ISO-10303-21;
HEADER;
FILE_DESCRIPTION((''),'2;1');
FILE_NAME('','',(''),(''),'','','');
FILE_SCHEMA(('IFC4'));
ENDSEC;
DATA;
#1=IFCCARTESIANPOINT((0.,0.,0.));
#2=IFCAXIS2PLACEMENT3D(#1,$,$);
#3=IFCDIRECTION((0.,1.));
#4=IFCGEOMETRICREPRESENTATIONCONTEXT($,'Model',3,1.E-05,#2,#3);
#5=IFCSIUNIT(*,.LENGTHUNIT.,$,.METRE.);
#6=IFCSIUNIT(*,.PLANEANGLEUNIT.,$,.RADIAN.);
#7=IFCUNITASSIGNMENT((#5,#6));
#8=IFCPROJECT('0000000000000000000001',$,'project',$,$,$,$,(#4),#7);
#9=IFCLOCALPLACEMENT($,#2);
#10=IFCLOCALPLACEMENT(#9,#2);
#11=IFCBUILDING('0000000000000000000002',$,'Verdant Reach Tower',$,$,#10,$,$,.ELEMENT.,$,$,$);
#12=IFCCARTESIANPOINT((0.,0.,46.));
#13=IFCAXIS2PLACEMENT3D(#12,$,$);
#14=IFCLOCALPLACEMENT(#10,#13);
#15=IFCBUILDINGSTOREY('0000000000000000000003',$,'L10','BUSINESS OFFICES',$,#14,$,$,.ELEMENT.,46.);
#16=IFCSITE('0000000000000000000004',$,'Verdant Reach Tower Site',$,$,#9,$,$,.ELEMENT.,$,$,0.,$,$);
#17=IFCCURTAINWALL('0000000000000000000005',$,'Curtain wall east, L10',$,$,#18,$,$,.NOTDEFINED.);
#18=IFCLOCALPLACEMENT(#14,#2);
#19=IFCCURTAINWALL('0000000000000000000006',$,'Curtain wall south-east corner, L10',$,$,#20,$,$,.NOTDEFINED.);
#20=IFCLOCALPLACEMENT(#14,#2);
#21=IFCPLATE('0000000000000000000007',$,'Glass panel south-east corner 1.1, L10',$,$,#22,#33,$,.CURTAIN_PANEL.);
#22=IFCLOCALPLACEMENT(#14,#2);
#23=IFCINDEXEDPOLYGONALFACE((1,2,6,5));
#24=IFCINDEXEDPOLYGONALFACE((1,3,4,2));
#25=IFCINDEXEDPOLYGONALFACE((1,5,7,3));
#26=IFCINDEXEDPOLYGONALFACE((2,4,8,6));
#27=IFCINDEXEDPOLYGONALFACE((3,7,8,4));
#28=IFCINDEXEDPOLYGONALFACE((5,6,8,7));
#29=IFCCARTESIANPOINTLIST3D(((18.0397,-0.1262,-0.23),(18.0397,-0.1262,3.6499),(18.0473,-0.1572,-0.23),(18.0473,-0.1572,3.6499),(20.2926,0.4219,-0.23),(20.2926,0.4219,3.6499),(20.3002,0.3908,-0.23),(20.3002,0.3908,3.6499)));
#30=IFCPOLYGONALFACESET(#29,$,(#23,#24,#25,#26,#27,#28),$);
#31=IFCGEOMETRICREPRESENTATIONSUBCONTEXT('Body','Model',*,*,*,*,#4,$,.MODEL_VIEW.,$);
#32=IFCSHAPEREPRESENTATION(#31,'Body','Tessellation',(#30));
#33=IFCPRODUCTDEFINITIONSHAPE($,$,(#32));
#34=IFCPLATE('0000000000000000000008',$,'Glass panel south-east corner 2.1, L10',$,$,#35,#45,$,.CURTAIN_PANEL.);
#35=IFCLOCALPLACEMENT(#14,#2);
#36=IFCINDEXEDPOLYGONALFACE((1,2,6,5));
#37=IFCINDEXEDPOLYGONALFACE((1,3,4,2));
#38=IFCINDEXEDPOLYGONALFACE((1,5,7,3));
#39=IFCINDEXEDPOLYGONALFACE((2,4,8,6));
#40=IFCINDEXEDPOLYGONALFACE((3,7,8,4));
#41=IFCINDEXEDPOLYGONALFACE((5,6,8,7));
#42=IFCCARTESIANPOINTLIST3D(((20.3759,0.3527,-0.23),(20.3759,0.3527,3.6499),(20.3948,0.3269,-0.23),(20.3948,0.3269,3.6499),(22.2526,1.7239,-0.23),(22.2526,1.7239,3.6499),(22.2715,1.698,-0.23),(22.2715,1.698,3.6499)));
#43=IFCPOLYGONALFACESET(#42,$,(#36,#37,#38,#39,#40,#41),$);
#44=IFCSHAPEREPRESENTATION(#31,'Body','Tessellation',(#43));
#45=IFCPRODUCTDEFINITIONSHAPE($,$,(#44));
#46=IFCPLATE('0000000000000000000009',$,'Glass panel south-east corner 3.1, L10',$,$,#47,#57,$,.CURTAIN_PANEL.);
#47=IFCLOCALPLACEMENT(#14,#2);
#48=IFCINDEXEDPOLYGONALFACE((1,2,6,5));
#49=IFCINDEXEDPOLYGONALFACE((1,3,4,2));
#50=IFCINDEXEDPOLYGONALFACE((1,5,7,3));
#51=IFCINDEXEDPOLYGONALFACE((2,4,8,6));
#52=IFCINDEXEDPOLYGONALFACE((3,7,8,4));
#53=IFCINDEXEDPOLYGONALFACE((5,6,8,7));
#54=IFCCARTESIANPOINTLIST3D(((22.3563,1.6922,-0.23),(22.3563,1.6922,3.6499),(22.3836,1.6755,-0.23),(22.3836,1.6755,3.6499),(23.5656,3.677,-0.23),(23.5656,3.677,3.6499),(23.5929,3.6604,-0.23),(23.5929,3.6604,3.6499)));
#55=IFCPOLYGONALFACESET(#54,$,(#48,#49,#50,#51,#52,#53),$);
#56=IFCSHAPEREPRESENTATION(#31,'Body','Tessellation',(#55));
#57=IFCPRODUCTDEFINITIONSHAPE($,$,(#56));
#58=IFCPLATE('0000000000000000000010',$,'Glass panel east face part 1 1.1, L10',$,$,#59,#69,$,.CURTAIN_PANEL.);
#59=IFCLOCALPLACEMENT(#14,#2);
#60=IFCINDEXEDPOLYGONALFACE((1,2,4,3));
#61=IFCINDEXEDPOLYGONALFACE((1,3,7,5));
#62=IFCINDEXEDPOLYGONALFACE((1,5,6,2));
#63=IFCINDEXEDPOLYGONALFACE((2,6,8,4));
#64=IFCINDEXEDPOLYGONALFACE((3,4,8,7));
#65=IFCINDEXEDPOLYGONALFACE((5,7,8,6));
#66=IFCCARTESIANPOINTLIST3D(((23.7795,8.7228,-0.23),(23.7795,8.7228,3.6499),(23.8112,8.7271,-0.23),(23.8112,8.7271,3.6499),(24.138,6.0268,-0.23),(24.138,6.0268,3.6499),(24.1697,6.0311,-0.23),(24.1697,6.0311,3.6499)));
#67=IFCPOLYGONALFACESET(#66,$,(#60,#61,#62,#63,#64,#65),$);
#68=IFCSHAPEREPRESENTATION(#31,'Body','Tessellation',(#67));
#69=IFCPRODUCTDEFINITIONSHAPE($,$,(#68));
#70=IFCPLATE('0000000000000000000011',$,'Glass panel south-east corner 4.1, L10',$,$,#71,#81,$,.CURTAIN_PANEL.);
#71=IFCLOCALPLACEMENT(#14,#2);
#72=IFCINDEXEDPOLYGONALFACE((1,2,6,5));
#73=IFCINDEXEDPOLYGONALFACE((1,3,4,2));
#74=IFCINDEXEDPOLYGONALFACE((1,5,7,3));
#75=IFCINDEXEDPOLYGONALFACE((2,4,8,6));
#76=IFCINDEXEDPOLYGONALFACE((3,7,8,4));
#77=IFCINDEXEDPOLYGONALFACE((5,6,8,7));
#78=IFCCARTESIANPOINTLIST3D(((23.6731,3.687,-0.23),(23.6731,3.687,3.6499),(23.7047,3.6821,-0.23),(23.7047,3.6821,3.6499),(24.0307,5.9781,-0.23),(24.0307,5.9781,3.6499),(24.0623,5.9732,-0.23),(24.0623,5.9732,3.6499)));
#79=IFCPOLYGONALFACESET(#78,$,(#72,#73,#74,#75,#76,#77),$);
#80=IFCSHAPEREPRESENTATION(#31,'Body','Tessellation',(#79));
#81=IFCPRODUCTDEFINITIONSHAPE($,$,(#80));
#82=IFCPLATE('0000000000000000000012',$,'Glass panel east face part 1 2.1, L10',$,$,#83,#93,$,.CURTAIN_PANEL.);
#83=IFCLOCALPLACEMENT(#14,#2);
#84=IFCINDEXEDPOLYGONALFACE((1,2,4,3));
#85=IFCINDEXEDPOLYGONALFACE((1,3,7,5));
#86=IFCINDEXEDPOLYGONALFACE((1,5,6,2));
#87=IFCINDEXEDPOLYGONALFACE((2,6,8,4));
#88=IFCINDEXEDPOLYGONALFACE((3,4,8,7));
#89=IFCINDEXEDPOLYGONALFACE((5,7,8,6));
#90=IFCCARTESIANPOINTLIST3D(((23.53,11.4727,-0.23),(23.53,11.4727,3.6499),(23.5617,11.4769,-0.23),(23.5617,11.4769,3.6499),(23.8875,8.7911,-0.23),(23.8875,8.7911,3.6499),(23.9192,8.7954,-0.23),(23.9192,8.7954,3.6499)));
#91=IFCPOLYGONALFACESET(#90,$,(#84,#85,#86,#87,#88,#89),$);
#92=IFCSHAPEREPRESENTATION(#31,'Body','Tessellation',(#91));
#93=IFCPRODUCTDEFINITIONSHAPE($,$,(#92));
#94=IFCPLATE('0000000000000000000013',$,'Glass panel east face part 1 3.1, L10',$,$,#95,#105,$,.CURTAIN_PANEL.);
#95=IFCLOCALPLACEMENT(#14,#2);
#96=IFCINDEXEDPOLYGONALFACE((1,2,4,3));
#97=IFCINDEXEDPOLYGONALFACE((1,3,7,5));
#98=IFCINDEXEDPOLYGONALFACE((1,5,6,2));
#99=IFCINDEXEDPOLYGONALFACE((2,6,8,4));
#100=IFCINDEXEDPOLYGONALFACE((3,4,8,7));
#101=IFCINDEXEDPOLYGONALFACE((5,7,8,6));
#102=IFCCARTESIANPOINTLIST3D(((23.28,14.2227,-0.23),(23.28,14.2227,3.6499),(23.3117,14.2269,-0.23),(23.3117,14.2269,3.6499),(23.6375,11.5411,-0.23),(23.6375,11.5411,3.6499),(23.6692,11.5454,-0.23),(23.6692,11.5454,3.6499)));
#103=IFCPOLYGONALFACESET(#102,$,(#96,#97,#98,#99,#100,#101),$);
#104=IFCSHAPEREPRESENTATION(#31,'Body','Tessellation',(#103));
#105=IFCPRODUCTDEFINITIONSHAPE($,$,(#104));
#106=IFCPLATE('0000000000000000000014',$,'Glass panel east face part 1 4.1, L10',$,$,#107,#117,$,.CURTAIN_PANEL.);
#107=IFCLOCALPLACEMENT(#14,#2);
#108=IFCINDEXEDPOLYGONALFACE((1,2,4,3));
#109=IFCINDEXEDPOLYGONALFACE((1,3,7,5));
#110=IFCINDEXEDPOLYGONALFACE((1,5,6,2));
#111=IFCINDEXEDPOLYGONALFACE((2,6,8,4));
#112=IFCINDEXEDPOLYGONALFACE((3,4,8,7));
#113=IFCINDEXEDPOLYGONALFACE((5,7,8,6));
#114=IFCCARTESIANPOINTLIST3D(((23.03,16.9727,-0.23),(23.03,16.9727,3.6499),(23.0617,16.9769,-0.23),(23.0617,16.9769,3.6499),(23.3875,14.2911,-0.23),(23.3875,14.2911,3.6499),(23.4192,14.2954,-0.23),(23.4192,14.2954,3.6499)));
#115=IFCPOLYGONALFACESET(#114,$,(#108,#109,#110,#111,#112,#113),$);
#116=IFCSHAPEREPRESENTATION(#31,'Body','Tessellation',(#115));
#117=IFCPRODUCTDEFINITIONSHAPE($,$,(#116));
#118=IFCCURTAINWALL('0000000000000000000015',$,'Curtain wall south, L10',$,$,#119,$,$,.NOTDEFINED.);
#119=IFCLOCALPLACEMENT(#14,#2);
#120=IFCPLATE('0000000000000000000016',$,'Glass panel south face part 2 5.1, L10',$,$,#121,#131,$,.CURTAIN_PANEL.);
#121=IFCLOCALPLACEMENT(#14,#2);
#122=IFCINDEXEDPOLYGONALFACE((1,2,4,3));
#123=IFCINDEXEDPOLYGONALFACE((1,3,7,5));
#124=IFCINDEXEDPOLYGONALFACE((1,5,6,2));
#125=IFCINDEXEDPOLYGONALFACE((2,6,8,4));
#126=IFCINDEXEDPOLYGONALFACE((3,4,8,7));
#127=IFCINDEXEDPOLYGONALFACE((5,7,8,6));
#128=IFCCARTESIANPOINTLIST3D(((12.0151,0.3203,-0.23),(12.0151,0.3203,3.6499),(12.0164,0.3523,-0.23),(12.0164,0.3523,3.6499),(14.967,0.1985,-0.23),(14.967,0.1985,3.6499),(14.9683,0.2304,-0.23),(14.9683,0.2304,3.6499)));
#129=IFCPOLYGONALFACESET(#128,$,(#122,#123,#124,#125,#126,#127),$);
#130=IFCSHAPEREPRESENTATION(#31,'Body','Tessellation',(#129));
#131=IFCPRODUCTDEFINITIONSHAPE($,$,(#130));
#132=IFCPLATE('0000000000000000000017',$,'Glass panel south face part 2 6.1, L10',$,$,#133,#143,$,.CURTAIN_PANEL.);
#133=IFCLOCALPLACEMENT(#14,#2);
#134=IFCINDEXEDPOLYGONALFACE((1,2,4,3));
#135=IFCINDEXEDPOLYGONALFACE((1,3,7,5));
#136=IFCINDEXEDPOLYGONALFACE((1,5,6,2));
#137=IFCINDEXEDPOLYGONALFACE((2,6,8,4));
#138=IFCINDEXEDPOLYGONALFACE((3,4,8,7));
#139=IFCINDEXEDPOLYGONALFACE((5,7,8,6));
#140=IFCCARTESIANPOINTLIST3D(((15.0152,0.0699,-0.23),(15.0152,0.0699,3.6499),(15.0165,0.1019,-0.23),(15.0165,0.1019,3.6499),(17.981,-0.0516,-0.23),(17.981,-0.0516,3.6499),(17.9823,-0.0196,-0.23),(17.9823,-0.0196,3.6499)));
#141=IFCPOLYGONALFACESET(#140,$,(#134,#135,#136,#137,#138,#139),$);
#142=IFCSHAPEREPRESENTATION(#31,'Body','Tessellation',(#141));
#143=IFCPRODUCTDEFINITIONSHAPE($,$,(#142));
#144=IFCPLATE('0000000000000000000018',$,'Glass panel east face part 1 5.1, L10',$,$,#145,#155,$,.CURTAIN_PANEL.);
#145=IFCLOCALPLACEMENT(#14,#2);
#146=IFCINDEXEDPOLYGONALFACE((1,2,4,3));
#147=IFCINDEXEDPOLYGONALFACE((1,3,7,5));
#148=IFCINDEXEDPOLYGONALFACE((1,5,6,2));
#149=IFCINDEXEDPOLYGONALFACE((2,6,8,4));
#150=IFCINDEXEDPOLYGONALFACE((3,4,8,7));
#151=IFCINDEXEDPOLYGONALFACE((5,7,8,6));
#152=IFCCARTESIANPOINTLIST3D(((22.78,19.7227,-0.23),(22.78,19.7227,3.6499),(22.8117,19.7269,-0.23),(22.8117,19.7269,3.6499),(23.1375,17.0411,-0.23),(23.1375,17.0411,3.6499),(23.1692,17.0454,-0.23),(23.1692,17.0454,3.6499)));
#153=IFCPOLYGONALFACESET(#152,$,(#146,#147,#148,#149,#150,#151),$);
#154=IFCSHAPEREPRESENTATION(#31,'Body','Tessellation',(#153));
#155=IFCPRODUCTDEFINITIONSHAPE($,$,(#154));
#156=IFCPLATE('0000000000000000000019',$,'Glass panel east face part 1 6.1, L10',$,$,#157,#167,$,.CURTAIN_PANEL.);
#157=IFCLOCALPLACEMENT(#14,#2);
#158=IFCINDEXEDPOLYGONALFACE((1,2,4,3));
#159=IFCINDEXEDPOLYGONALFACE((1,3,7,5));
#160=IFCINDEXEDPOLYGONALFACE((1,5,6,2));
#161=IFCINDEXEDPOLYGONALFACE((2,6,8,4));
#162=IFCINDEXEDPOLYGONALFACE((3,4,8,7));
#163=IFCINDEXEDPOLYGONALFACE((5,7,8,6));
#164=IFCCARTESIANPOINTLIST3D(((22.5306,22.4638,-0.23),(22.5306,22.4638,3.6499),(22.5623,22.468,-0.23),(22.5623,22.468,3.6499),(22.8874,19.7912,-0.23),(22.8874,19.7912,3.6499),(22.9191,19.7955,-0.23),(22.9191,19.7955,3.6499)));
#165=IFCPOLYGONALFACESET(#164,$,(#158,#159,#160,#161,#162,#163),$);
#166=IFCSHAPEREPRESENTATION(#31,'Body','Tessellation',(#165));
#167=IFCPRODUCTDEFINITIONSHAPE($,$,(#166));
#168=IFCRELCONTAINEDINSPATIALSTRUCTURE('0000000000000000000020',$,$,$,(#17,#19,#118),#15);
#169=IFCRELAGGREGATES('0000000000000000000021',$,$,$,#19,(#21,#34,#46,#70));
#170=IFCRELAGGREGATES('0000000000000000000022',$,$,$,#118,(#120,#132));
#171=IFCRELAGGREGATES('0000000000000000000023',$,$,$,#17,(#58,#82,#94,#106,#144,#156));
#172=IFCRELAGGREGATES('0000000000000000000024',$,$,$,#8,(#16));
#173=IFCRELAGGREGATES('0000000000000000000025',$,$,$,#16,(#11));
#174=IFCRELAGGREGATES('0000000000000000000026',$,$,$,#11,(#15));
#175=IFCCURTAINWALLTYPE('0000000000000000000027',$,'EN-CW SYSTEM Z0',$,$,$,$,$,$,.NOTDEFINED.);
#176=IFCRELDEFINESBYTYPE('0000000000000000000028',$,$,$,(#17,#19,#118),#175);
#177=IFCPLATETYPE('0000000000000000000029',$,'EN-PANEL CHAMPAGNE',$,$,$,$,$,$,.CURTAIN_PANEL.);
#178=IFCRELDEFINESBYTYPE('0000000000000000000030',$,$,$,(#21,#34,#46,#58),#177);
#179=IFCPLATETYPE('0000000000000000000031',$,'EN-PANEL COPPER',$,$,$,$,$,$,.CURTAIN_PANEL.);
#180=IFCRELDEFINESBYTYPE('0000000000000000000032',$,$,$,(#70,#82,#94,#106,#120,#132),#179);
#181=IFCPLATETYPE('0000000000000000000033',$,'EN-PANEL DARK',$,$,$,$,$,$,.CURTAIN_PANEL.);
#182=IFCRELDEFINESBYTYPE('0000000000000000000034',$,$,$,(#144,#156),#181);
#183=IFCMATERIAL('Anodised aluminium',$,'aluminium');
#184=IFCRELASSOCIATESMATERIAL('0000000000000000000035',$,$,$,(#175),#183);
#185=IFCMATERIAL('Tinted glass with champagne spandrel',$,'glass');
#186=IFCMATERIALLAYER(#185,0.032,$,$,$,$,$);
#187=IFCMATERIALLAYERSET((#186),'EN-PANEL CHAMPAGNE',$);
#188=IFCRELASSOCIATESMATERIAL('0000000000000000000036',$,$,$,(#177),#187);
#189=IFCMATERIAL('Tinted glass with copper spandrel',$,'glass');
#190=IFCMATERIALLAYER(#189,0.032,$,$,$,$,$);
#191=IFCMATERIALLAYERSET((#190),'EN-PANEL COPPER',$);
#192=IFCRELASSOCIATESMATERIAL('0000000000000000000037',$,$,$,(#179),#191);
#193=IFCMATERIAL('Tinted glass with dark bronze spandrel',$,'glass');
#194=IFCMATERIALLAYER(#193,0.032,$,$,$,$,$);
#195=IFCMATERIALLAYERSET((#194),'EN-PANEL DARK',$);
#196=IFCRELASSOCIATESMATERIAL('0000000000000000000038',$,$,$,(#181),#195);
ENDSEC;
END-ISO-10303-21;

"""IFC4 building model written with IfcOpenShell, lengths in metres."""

from ifc_helpers import new_model, si_unit, direction, frame, origin, origin_2d, place, context, subcontext, project, spatial, rectangle, extrude, material, layer, layer_set, type_object, element, aggregate, save


model = new_model("IFC4")

# Units and contexts
model_context = context("Model", 3, precision=1e-05, world=origin(), true_north=direction((0.0, 1.0)))
body_context = subcontext(model_context, "Body", "Model", "MODEL_VIEW")
ifc_project = project(units=[si_unit("LENGTHUNIT", "METRE"), si_unit("PLANEANGLEUNIT", "RADIAN")], contexts=[model_context])

# Site, building, storey
site_placement = place(None, origin())
site = spatial("IfcSite", under=ifc_project, at=site_placement, Name="Verdant Reach Tower Site", CompositionType="ELEMENT", RefElevation=0.0)
building_placement = place(site_placement, origin())
building = spatial("IfcBuilding", under=site, at=building_placement, Name="Verdant Reach Tower", CompositionType="ELEMENT")
storey_placement = place(building_placement, frame((0.0, 0.0, 46.0)))
storey = spatial("IfcBuildingStorey", under=building, at=storey_placement, Name="L10", Description="BUSINESS OFFICES", CompositionType="ELEMENT", Elevation=46.0)

# Curtain wall
ifc_material_1 = material(Name="Anodised aluminium", Category="aluminium")
curtain_wall_type = type_object("IfcCurtainWallType", Name="EN-CW SYSTEM Z0", PredefinedType="NOTDEFINED", material=ifc_material_1)
curtain_wall_1_placement = place(storey_placement, origin())
curtain_wall_1 = element("IfcCurtainWall", 1, at=curtain_wall_1_placement, inside=storey, type_object=curtain_wall_type, Name="Curtain wall east, L10", PredefinedType="NOTDEFINED")

# Curtain wall, plates
curtain_wall_2_placement = place(storey_placement, origin())
curtain_wall_2 = element("IfcCurtainWall", 2, at=curtain_wall_2_placement, inside=storey, type_object=curtain_wall_type, Name="Curtain wall south-east corner, L10", PredefinedType="NOTDEFINED")
ifc_material_2 = material(Name="Tinted glass with champagne spandrel", Category="glass")
ifc_layer_1 = layer(ifc_material_2, 0.032)
ifc_layer_set_1 = layer_set([ifc_layer_1], Name="EN-PANEL CHAMPAGNE")
plate_type_1 = type_object("IfcPlateType", Name="EN-PANEL CHAMPAGNE", PredefinedType="CURTAIN_PANEL", material=ifc_layer_set_1)
plate_1_placement = place(storey_placement, frame((19.1699, 0.1323, -0.23), z_axis=(0.0, 0.0, 1.0), x_axis=(0.971663, 0.236369, 0.0)))
plate_1 = element("IfcPlate", 3, at=plate_1_placement, type_object=plate_type_1, Name="Glass panel south-east corner 1.1, L10", PredefinedType="CURTAIN_PANEL", context=body_context, shape_type="SweptSolid", body=[
    extrude(rectangle(XDim=2.3186, YDim=0.032, at=origin_2d()), origin(), (0.0, 0.0, 1.0), 3.8799),
])
plate_2_placement = place(storey_placement, frame((21.3237, 1.0254, -0.23), z_axis=(0.0, 0.0, 1.0), x_axis=(0.807457, 0.589927, 0.0)))
plate_2 = element("IfcPlate", 4, at=plate_2_placement, type_object=plate_type_1, Name="Glass panel south-east corner 2.1, L10", PredefinedType="CURTAIN_PANEL", context=body_context, shape_type="SweptSolid", body=[
    extrude(rectangle(XDim=2.3242, YDim=0.032, at=origin_2d()), origin(), (0.0, 0.0, 1.0), 3.8799),
])
plate_3_placement = place(storey_placement, frame((22.9746, 2.6763, -0.23), z_axis=(0.0, 0.0, 1.0), x_axis=(0.520292, 0.853989, 0.0)))
plate_3 = element("IfcPlate", 5, at=plate_3_placement, type_object=plate_type_1, Name="Glass panel south-east corner 3.1, L10", PredefinedType="CURTAIN_PANEL", context=body_context, shape_type="SweptSolid", body=[
    extrude(rectangle(XDim=2.3242, YDim=0.032, at=origin_2d()), origin(), (0.0, 0.0, 1.0), 3.8799),
])

# Plates
plate_4_placement = place(storey_placement, frame((23.9746, 7.377, -0.23), z_axis=(0.0, 0.0, 1.0), x_axis=(-0.131793, 0.991277, 0.0)))
plate_4 = element("IfcPlate", 6, at=plate_4_placement, type_object=plate_type_1, Name="Glass panel east face part 1 1.1, L10", PredefinedType="CURTAIN_PANEL", context=body_context, shape_type="SweptSolid", body=[
    extrude(rectangle(XDim=2.7197, YDim=0.032, at=origin_2d()), origin(), (0.0, 0.0, 1.0), 3.8799),
])
ifc_material_3 = material(Name="Tinted glass with copper spandrel", Category="glass")
ifc_layer_2 = layer(ifc_material_3, 0.032)
ifc_layer_set_2 = layer_set([ifc_layer_2], Name="EN-PANEL COPPER")
plate_type_2 = type_object("IfcPlateType", Name="EN-PANEL COPPER", PredefinedType="CURTAIN_PANEL", material=ifc_layer_set_2)
plate_5_placement = place(storey_placement, frame((23.8677, 4.8301, -0.23), z_axis=(0.0, 0.0, 1.0), x_axis=(0.154211, 0.988038, 0.0)))
plate_5 = element("IfcPlate", 7, at=plate_5_placement, type_object=plate_type_2, Name="Glass panel south-east corner 4.1, L10", PredefinedType="CURTAIN_PANEL", context=body_context, shape_type="SweptSolid", body=[
    extrude(rectangle(XDim=2.3188, YDim=0.032, at=origin_2d()), origin(), (0.0, 0.0, 1.0), 3.8799),
])
aggregate(curtain_wall_2, [plate_1, plate_2, plate_3, plate_5])
plate_6_placement = place(storey_placement, frame((23.7246, 10.134, -0.23), z_axis=(0.0, 0.0, 1.0), x_axis=(-0.13216, 0.991228, 0.0)))
plate_6 = element("IfcPlate", 8, at=plate_6_placement, type_object=plate_type_2, Name="Glass panel east face part 1 2.1, L10", PredefinedType="CURTAIN_PANEL", context=body_context, shape_type="SweptSolid", body=[
    extrude(rectangle(XDim=2.7053, YDim=0.032, at=origin_2d()), origin(), (0.0, 0.0, 1.0), 3.8799),
])
plate_7_placement = place(storey_placement, frame((23.4746, 12.884, -0.23), z_axis=(0.0, 0.0, 1.0), x_axis=(-0.13216, 0.991228, 0.0)))
plate_7 = element("IfcPlate", 9, at=plate_7_placement, type_object=plate_type_2, Name="Glass panel east face part 1 3.1, L10", PredefinedType="CURTAIN_PANEL", context=body_context, shape_type="SweptSolid", body=[
    extrude(rectangle(XDim=2.7053, YDim=0.032, at=origin_2d()), origin(), (0.0, 0.0, 1.0), 3.8799),
])
plate_8_placement = place(storey_placement, frame((23.2246, 15.634, -0.23), z_axis=(0.0, 0.0, 1.0), x_axis=(-0.13216, 0.991228, 0.0)))
plate_8 = element("IfcPlate", 10, at=plate_8_placement, type_object=plate_type_2, Name="Glass panel east face part 1 4.1, L10", PredefinedType="CURTAIN_PANEL", context=body_context, shape_type="SweptSolid", body=[
    extrude(rectangle(XDim=2.7053, YDim=0.032, at=origin_2d()), origin(), (0.0, 0.0, 1.0), 3.8799),
])

# Curtain wall, plates
curtain_wall_3_placement = place(storey_placement, origin())
curtain_wall_3 = element("IfcCurtainWall", 11, at=curtain_wall_3_placement, inside=storey, type_object=curtain_wall_type, Name="Curtain wall south, L10", PredefinedType="NOTDEFINED")
plate_9_placement = place(storey_placement, frame((13.4917, 0.2754, -0.23), z_axis=(0.0, 0.0, 1.0), x_axis=(0.999149, -0.041242, 0.0)))
plate_9 = element("IfcPlate", 12, at=plate_9_placement, type_object=plate_type_2, Name="Glass panel south face part 2 5.1, L10", PredefinedType="CURTAIN_PANEL", context=body_context, shape_type="SweptSolid", body=[
    extrude(rectangle(XDim=2.9543, YDim=0.032, at=origin_2d()), origin(), (0.0, 0.0, 1.0), 3.8799),
])
plate_10_placement = place(storey_placement, frame((16.4988, 0.0251, -0.23), z_axis=(0.0, 0.0, 1.0), x_axis=(0.999162, -0.04092, 0.0)))
plate_10 = element("IfcPlate", 13, at=plate_10_placement, type_object=plate_type_2, Name="Glass panel south face part 2 6.1, L10", PredefinedType="CURTAIN_PANEL", context=body_context, shape_type="SweptSolid", body=[
    extrude(rectangle(XDim=2.9683, YDim=0.032, at=origin_2d()), origin(), (0.0, 0.0, 1.0), 3.8799),
])
aggregate(curtain_wall_3, [plate_9, plate_10])

# Plates
ifc_material_4 = material(Name="Tinted glass with dark bronze spandrel", Category="glass")
ifc_layer_3 = layer(ifc_material_4, 0.032)
ifc_layer_set_3 = layer_set([ifc_layer_3], Name="EN-PANEL DARK")
plate_type_3 = type_object("IfcPlateType", Name="EN-PANEL DARK", PredefinedType="CURTAIN_PANEL", material=ifc_layer_set_3)
plate_11_placement = place(storey_placement, frame((22.9746, 18.384, -0.23), z_axis=(0.0, 0.0, 1.0), x_axis=(-0.13216, 0.991228, 0.0)))
plate_11 = element("IfcPlate", 14, at=plate_11_placement, type_object=plate_type_3, Name="Glass panel east face part 1 5.1, L10", PredefinedType="CURTAIN_PANEL", context=body_context, shape_type="SweptSolid", body=[
    extrude(rectangle(XDim=2.7053, YDim=0.032, at=origin_2d()), origin(), (0.0, 0.0, 1.0), 3.8799),
])
plate_12_placement = place(storey_placement, frame((22.7249, 21.1296, -0.23), z_axis=(0.0, 0.0, 1.0), x_axis=(-0.132308, 0.991209, 0.0)))
plate_12 = element("IfcPlate", 15, at=plate_12_placement, type_object=plate_type_3, Name="Glass panel east face part 1 6.1, L10", PredefinedType="CURTAIN_PANEL", context=body_context, shape_type="SweptSolid", body=[
    extrude(rectangle(XDim=2.6963, YDim=0.032, at=origin_2d()), origin(), (0.0, 0.0, 1.0), 3.8799),
])
aggregate(curtain_wall_1, [plate_4, plate_6, plate_7, plate_8, plate_11, plate_12])

save(model, "model.ifc")
